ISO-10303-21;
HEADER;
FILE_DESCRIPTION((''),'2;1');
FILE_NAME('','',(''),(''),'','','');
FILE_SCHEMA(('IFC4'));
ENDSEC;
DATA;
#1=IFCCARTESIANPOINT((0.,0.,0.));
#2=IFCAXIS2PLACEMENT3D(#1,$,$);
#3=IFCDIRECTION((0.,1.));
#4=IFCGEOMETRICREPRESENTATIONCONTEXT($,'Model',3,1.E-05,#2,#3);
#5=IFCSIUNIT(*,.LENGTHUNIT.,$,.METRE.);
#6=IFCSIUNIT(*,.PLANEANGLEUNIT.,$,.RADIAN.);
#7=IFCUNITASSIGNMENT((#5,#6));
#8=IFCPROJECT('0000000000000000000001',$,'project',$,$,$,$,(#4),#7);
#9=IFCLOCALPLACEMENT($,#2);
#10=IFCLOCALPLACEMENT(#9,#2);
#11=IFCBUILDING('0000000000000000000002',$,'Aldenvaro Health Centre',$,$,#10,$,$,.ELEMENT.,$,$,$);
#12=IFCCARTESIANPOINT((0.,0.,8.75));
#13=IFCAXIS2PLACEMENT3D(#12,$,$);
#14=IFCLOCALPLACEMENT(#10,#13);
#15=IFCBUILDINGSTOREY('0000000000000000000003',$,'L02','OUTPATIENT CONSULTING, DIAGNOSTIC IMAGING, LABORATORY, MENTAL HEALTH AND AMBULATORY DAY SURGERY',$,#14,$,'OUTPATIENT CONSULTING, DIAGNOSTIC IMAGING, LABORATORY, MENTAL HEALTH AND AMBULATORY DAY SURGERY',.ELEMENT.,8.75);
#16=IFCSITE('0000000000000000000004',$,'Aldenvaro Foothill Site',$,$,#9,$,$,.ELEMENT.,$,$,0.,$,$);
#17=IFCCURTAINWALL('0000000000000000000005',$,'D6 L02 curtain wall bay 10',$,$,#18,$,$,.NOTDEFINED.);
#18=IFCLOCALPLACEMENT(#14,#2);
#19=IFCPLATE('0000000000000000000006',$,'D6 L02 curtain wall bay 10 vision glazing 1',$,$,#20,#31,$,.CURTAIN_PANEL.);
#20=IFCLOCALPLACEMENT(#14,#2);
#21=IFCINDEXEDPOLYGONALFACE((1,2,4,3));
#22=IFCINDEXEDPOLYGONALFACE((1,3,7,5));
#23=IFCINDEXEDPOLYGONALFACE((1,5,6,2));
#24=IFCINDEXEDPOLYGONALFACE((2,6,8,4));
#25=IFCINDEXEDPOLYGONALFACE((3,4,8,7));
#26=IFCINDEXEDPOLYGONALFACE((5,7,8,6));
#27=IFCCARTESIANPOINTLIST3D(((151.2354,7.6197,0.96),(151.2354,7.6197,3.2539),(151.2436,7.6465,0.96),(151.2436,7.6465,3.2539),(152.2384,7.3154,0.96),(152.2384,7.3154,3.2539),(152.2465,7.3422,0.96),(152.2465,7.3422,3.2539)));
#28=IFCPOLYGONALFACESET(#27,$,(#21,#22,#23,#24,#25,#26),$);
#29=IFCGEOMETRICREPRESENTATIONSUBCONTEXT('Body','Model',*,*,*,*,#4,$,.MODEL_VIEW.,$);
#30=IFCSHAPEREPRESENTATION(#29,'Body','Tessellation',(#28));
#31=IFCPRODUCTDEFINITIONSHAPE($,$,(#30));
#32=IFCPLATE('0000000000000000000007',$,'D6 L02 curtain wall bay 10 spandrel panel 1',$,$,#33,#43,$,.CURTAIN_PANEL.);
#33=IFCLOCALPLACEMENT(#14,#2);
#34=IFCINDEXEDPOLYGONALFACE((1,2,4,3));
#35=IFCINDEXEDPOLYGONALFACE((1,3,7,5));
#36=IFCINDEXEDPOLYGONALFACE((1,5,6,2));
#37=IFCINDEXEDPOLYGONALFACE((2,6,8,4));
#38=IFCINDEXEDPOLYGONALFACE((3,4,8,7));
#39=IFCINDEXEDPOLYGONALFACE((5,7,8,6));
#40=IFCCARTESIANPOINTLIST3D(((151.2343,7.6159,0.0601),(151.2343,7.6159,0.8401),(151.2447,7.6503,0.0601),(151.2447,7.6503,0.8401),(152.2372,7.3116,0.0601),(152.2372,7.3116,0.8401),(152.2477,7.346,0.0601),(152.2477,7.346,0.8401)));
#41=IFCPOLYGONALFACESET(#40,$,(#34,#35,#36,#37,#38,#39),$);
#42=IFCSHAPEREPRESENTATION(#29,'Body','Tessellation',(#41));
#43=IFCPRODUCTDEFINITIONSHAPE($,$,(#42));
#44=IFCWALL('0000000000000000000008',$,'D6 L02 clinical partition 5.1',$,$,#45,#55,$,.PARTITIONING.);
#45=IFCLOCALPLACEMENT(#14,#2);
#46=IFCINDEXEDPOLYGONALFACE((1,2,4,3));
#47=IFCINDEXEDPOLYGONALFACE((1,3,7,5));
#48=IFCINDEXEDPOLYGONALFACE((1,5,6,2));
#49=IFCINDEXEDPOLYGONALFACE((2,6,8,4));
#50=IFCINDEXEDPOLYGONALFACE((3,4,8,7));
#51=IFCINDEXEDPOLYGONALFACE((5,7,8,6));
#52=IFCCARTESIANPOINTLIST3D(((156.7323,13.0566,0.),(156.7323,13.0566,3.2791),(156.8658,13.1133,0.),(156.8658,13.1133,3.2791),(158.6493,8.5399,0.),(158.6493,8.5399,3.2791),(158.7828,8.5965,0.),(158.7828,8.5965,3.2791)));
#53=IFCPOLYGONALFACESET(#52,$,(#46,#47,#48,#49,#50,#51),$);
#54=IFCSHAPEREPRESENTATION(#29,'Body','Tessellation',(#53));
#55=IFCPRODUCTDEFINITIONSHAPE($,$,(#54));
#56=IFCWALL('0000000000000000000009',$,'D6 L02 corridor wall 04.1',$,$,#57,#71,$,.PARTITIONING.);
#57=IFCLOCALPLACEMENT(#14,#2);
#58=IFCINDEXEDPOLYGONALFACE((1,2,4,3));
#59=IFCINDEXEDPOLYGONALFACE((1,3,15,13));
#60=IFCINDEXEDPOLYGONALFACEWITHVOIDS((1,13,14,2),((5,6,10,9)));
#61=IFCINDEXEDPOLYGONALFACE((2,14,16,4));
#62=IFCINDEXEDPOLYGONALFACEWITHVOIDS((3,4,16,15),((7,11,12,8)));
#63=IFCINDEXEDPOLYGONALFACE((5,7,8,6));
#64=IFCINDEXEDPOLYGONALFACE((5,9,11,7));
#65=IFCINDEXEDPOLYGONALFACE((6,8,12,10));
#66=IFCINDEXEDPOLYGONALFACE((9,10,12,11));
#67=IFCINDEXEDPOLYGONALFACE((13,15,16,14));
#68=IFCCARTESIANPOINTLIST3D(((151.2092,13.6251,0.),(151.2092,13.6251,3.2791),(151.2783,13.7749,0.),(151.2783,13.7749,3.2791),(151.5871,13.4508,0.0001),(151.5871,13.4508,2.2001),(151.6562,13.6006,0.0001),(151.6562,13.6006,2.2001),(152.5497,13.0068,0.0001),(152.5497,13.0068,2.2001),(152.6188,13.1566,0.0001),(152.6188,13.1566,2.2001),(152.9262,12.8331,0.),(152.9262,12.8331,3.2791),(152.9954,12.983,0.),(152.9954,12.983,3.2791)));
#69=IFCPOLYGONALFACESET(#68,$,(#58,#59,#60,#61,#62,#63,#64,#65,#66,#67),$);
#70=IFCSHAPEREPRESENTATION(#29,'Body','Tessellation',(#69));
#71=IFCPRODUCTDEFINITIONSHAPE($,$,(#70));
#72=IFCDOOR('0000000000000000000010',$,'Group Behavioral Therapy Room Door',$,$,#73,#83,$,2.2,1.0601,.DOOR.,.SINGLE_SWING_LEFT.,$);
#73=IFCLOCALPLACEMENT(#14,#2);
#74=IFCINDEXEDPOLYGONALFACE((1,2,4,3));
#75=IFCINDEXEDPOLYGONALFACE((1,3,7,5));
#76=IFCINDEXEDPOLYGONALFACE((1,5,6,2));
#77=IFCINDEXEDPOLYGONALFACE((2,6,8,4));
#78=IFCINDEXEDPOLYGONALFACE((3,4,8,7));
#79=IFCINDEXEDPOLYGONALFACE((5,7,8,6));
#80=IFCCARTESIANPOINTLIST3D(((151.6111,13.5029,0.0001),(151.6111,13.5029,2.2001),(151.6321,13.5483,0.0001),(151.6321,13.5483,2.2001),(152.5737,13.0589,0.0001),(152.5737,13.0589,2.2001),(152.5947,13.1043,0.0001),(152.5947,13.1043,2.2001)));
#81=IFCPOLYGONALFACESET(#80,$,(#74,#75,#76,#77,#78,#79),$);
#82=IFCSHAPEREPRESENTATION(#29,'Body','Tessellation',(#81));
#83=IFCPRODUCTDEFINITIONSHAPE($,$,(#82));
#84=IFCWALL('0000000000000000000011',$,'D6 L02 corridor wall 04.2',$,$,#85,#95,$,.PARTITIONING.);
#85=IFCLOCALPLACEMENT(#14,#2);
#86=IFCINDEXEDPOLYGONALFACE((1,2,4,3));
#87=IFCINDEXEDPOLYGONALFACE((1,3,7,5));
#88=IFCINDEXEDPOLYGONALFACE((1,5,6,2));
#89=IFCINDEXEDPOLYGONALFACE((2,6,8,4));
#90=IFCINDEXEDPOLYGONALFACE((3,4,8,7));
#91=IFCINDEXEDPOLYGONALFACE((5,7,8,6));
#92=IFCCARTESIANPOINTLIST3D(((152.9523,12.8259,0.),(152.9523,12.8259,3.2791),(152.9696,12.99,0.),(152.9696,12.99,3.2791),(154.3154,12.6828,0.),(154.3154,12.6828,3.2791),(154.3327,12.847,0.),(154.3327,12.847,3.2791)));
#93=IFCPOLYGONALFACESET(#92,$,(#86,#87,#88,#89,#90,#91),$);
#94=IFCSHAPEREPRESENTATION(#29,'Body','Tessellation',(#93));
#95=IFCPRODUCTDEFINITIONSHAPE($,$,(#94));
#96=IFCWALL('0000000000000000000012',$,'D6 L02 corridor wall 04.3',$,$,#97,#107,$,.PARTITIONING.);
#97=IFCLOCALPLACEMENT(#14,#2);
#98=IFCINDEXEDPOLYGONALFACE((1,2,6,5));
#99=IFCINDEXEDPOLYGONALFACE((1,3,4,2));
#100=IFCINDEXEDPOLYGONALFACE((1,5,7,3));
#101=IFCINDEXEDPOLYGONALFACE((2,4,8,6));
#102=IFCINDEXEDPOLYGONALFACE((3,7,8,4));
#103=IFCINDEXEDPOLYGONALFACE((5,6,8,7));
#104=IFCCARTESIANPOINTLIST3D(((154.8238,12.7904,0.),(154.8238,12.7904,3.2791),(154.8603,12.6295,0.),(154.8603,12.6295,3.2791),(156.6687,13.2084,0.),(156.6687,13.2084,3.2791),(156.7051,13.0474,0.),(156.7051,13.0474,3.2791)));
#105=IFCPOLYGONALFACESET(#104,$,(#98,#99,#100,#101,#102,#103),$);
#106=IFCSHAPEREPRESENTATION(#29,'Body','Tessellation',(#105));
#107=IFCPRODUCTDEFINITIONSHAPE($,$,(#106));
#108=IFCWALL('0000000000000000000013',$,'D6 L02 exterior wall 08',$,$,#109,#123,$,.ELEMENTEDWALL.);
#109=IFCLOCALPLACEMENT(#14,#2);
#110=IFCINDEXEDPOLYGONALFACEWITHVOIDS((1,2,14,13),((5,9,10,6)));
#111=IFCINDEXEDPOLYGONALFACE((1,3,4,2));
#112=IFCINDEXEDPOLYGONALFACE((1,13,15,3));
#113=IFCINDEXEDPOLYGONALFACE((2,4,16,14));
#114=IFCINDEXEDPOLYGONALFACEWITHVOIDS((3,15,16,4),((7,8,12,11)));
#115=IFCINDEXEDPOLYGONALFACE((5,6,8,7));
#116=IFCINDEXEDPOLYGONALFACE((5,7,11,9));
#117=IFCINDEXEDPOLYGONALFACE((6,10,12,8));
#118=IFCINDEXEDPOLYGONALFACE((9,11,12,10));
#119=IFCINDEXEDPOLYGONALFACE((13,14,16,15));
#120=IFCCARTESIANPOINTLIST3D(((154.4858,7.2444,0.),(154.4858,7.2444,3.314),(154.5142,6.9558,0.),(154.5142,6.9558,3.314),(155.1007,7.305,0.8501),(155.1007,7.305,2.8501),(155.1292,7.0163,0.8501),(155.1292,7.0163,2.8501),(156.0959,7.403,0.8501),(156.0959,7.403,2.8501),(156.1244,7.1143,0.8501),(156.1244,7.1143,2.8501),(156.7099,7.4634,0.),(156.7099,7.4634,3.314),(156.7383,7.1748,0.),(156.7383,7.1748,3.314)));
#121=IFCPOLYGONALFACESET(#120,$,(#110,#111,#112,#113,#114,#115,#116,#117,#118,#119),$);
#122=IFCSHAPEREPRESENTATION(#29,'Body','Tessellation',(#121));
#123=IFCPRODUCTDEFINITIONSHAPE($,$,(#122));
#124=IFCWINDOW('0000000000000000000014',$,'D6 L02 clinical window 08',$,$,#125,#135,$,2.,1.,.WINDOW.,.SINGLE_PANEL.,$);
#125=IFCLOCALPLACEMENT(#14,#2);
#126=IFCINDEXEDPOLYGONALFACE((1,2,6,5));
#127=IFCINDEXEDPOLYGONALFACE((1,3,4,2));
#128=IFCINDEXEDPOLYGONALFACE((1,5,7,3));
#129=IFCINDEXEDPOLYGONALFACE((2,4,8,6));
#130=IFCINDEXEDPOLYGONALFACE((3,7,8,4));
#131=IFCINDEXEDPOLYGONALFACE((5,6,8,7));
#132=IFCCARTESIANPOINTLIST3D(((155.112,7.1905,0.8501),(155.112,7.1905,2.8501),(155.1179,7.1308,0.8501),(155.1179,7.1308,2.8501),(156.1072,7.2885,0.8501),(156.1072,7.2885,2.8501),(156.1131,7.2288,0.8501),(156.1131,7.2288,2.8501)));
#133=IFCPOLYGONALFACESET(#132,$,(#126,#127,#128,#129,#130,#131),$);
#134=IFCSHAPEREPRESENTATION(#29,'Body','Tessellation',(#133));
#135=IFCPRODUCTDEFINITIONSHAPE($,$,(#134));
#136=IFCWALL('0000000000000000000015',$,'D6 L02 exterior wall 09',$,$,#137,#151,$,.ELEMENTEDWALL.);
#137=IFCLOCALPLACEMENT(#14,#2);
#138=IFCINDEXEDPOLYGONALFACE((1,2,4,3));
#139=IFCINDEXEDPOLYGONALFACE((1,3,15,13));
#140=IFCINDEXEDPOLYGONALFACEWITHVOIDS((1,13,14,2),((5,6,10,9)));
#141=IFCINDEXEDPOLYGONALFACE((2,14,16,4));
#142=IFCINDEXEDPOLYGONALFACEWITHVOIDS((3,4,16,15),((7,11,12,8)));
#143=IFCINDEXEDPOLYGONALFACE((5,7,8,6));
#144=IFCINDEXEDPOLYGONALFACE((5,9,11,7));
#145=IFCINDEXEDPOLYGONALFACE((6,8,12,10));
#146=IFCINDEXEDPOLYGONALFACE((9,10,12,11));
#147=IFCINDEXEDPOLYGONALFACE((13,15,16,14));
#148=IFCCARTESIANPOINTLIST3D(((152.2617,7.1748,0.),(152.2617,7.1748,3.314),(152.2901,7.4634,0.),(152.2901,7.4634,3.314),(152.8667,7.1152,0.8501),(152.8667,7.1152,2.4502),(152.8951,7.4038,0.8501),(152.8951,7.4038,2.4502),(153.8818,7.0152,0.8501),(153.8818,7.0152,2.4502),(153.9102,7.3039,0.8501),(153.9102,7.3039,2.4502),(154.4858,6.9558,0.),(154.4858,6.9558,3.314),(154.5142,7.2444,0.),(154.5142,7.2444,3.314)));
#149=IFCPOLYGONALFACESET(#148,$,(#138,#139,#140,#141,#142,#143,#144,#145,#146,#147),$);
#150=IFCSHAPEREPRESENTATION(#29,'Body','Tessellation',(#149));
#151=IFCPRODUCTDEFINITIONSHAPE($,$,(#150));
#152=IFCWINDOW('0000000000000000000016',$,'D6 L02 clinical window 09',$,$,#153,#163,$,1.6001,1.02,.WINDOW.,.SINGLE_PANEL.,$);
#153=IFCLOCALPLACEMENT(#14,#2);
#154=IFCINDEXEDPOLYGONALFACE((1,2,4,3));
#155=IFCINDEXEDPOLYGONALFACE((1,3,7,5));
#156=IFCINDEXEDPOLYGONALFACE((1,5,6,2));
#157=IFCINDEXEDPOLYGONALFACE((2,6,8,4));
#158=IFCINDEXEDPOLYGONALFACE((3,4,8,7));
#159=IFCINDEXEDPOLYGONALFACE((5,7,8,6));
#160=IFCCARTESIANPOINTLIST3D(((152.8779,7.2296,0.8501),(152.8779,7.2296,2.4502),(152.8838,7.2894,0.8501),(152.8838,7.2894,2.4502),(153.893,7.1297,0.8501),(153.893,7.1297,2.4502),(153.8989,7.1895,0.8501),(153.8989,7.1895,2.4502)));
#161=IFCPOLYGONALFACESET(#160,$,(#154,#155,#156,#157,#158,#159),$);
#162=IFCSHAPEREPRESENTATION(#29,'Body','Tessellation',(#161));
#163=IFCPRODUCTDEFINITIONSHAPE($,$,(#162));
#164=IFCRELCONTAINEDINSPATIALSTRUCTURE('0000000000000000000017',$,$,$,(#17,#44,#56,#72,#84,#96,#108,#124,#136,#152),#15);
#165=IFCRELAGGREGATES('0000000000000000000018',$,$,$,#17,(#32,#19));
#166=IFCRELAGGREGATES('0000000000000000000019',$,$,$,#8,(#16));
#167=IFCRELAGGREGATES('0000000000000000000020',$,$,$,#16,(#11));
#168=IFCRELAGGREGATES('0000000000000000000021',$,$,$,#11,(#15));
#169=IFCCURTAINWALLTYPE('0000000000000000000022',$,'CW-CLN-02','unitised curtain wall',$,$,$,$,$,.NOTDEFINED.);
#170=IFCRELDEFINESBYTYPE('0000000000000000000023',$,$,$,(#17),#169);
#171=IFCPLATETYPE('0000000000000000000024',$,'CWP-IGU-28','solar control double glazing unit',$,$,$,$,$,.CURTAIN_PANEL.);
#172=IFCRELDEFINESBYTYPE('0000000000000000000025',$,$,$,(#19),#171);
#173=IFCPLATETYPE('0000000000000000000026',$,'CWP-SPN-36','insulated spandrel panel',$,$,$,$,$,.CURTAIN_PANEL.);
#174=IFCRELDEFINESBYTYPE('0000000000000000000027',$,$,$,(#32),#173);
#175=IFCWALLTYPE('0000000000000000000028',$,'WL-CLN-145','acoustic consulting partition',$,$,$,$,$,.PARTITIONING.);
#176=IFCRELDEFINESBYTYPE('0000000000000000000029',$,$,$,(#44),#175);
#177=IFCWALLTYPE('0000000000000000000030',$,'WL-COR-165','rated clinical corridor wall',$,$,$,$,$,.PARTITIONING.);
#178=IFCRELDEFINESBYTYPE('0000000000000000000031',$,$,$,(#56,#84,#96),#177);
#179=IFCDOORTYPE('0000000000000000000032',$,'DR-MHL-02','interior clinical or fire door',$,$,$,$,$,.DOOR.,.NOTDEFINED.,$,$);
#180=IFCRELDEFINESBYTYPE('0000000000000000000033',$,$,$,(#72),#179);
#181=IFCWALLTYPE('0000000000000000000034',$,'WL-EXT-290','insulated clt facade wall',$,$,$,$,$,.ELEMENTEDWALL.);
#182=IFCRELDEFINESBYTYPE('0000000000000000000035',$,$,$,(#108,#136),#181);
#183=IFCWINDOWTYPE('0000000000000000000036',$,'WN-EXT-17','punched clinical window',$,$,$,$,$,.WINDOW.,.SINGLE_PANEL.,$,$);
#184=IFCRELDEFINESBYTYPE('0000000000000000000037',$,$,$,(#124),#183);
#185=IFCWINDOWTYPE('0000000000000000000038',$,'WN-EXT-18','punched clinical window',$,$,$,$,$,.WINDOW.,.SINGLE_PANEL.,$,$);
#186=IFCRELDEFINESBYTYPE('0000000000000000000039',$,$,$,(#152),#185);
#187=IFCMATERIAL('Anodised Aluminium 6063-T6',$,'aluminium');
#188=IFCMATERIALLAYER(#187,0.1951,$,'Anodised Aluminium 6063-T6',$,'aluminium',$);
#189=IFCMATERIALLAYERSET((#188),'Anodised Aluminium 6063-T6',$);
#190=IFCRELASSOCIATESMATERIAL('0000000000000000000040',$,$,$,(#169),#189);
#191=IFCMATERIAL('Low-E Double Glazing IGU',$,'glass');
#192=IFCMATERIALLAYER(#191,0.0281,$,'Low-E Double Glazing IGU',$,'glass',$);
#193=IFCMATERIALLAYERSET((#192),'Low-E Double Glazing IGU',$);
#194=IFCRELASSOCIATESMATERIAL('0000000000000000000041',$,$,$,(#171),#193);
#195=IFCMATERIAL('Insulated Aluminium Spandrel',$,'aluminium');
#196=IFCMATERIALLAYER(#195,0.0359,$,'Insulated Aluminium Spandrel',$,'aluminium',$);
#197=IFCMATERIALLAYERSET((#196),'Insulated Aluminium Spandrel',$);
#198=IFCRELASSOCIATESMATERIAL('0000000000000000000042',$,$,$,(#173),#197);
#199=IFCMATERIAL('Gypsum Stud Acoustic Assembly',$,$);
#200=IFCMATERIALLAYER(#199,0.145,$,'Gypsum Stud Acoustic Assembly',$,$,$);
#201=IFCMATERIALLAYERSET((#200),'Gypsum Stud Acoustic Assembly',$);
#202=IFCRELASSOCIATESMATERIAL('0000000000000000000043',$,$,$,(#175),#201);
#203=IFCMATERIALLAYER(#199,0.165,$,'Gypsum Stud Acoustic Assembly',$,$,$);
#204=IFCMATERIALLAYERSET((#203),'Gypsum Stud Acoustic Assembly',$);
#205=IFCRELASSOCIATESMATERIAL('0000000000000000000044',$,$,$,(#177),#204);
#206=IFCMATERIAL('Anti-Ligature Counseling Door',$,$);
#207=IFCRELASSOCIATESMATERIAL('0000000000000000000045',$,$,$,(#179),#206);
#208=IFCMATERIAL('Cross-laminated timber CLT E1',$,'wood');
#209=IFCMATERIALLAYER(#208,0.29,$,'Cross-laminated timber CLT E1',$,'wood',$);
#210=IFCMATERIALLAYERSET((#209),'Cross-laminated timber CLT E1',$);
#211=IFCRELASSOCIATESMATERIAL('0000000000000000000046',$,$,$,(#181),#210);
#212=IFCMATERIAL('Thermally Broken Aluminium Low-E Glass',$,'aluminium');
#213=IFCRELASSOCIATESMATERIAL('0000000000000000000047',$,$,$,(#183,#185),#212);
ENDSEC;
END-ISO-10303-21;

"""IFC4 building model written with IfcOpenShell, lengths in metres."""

from ifc_helpers import new_model, si_unit, direction, frame, frame_2d, origin, origin_2d, place, context, subcontext, project, spatial, rectangle, extrude, material, layer, layer_set, type_object, element, fill, aggregate, save


model = new_model("IFC4")

# Units and contexts
model_context = context("Model", 3, precision=1e-05, world=origin(), true_north=direction((0.0, 1.0)))
body_context = subcontext(model_context, "Body", "Model", "MODEL_VIEW")
ifc_project = project(units=[si_unit("LENGTHUNIT", "METRE"), si_unit("PLANEANGLEUNIT", "RADIAN")], contexts=[model_context])

# Site, building, storey
site_placement = place(None, origin())
site = spatial("IfcSite", under=ifc_project, at=site_placement, Name="Aldenvaro Foothill Site", CompositionType="ELEMENT", RefElevation=0.0)
building_placement = place(site_placement, origin())
building = spatial("IfcBuilding", under=site, at=building_placement, Name="Aldenvaro Health Centre", CompositionType="ELEMENT")
storey_placement = place(building_placement, frame((0.0, 0.0, 8.75)))
storey = spatial("IfcBuildingStorey", under=building, at=storey_placement, Name="L02", Description="OUTPATIENT CONSULTING, DIAGNOSTIC IMAGING, LABORATORY, MENTAL HEALTH AND AMBULATORY DAY SURGERY", LongName="OUTPATIENT CONSULTING, DIAGNOSTIC IMAGING, LABORATORY, MENTAL HEALTH AND AMBULATORY DAY SURGERY", CompositionType="ELEMENT", Elevation=8.75)

# Curtain wall, plates
ifc_material_1 = material(Name="Anodised Aluminium 6063-T6", Category="aluminium")
ifc_layer_1 = layer(ifc_material_1, 0.1951, Name="Anodised Aluminium 6063-T6", Category="aluminium")
ifc_layer_set_1 = layer_set([ifc_layer_1], Name="Anodised Aluminium 6063-T6")
curtain_wall_type = type_object("IfcCurtainWallType", Name="CW-CLN-02", Description="unitised curtain wall", PredefinedType="NOTDEFINED", material=ifc_layer_set_1)
curtain_wall_placement = place(storey_placement, origin())
curtain_wall = element("IfcCurtainWall", 1, at=curtain_wall_placement, inside=storey, type_object=curtain_wall_type, Name="D6 L02 curtain wall bay 10", PredefinedType="NOTDEFINED")
ifc_material_2 = material(Name="Low-E Double Glazing IGU", Category="glass")
ifc_layer_2 = layer(ifc_material_2, 0.0281, Name="Low-E Double Glazing IGU", Category="glass")
ifc_layer_set_2 = layer_set([ifc_layer_2], Name="Low-E Double Glazing IGU")
plate_type_1 = type_object("IfcPlateType", Name="CWP-IGU-28", Description="solar control double glazing unit", PredefinedType="CURTAIN_PANEL", material=ifc_layer_set_2)
plate_1_placement = place(storey_placement, frame((151.741, 7.481, 0.96), z_axis=(0.0, 0.0, 1.0), x_axis=(-0.956923, 0.290343, 0.0)))
plate_1 = element("IfcPlate", 2, at=plate_1_placement, type_object=plate_type_1, Name="D6 L02 curtain wall bay 10 vision glazing 1", PredefinedType="CURTAIN_PANEL", context=body_context, shape_type="SweptSolid", body=[
    extrude(rectangle(XDim=1.0481, YDim=0.0281, at=origin_2d()), origin(), (0.0, 0.0, 1.0), 2.2939),
])
ifc_material_3 = material(Name="Insulated Aluminium Spandrel", Category="aluminium")
ifc_layer_3 = layer(ifc_material_3, 0.0359, Name="Insulated Aluminium Spandrel", Category="aluminium")
ifc_layer_set_3 = layer_set([ifc_layer_3], Name="Insulated Aluminium Spandrel")
plate_type_2 = type_object("IfcPlateType", Name="CWP-SPN-36", Description="insulated spandrel panel", PredefinedType="CURTAIN_PANEL", material=ifc_layer_set_3)
plate_2_placement = place(storey_placement, frame((151.741, 7.481, 0.0601), z_axis=(0.0, 0.0, 1.0), x_axis=(-0.956923, 0.290343, 0.0)))
plate_2 = element("IfcPlate", 3, at=plate_2_placement, type_object=plate_type_2, Name="D6 L02 curtain wall bay 10 spandrel panel 1", PredefinedType="CURTAIN_PANEL", context=body_context, shape_type="SweptSolid", body=[
    extrude(rectangle(XDim=1.0481, YDim=0.0359, at=origin_2d()), origin(), (0.0, 0.0, 1.0), 0.78),
])
aggregate(curtain_wall, [plate_2, plate_1])

# Wall
ifc_material_4 = material(Name="Gypsum Stud Acoustic Assembly")
ifc_layer_4 = layer(ifc_material_4, 0.145, Name="Gypsum Stud Acoustic Assembly")
ifc_layer_set_4 = layer_set([ifc_layer_4], Name="Gypsum Stud Acoustic Assembly")
wall_type_1 = type_object("IfcWallType", Name="WL-CLN-145", Description="acoustic consulting partition", PredefinedType="PARTITIONING", material=ifc_layer_set_4)
wall_1_placement = place(storey_placement, frame((156.7991, 13.085, 0.0), z_axis=(0.0, 0.0, 1.0), x_axis=(0.39068, -0.920526, 0.0)))
element("IfcWall", 4, at=wall_1_placement, inside=storey, type_object=wall_type_1, Name="D6 L02 clinical partition 5.1", PredefinedType="PARTITIONING", context=body_context, shape_type="SweptSolid", body=[
    extrude(rectangle(XDim=4.9067, YDim=0.145, at=frame_2d((2.4534, 0.0))), origin(), (0.0, 0.0, 1.0), 3.2791),
])

# Wall, opening, door
ifc_layer_5 = layer(ifc_material_4, 0.165, Name="Gypsum Stud Acoustic Assembly")
ifc_layer_set_5 = layer_set([ifc_layer_5], Name="Gypsum Stud Acoustic Assembly")
wall_type_2 = type_object("IfcWallType", Name="WL-COR-165", Description="rated clinical corridor wall", PredefinedType="PARTITIONING", material=ifc_layer_set_5)
wall_2_placement = place(storey_placement, frame((151.2439, 13.7, 0.0), z_axis=(0.0, 0.0, 1.0), x_axis=(0.908058, -0.418845, 0.0)))
wall_2 = element("IfcWall", 5, at=wall_2_placement, inside=storey, type_object=wall_type_2, Name="D6 L02 corridor wall 04.1", PredefinedType="PARTITIONING", context=body_context, shape_type="SweptSolid", body=[
    extrude(rectangle(XDim=1.8909, YDim=0.165, at=frame_2d((0.9453, 0.0))), origin(), (0.0, 0.0, 1.0), 3.2791),
])
opening_1_placement = place(wall_2_placement, frame((0.416, 0.0, 0.0)))
opening_1 = element("IfcOpeningElement", 6, at=opening_1_placement, cuts=wall_2, PredefinedType="OPENING", context=body_context, shape_type="SweptSolid", body=[
    extrude(rectangle(XDim=1.0601, YDim=2.2, at=frame_2d((0.53, 1.1001))), frame((0.0, 0.0925, 0.0), z_axis=(0.0, -1.0, 0.0), x_axis=(1.0, 0.0, 0.0)), (0.0, 0.0, 1.0), 0.1851),
])
ifc_material_5 = material(Name="Anti-Ligature Counseling Door")
door_type_1 = type_object("IfcDoorType", Name="DR-MHL-02", Description="interior clinical or fire door", OperationType="NOTDEFINED", PredefinedType="DOOR", material=ifc_material_5)
door_1_placement = place(opening_1_placement, origin())
door_1 = element("IfcDoor", 7, at=door_1_placement, inside=storey, type_object=door_type_1, Name="Group Behavioral Therapy Room Door", OperationType="SINGLE_SWING_LEFT", OverallHeight=2.2, OverallWidth=1.0601, PredefinedType="DOOR", context=body_context, shape_type="SweptSolid", body=[
    extrude(rectangle(XDim=1.0601, YDim=2.2, at=frame_2d((0.53, 1.1001))), frame((0.0, 0.0249, 0.0), z_axis=(0.0, -1.0, 0.0), x_axis=(1.0, 0.0, 0.0)), (0.0, 0.0, 1.0), 0.05),
])
fill(opening_1, door_1)

# Walls
wall_3_placement = place(storey_placement, frame((152.9609, 12.908, 0.0), z_axis=(0.0, 0.0, 1.0), x_axis=(0.994537, -0.104388, 0.0)))
element("IfcWall", 8, at=wall_3_placement, inside=storey, type_object=wall_type_2, Name="D6 L02 corridor wall 04.2", PredefinedType="PARTITIONING", context=body_context, shape_type="SweptSolid", body=[
    extrude(rectangle(XDim=1.3706, YDim=0.165, at=frame_2d((0.6853, 0.0))), origin(), (0.0, 0.0, 1.0), 3.2791),
])
wall_4_placement = place(storey_placement, frame((154.842, 12.71, 0.0), z_axis=(0.0, 0.0, 1.0), x_axis=(0.975286, 0.220946, 0.0)))
element("IfcWall", 9, at=wall_4_placement, inside=storey, type_object=wall_type_2, Name="D6 L02 corridor wall 04.3", PredefinedType="PARTITIONING", context=body_context, shape_type="SweptSolid", body=[
    extrude(rectangle(XDim=1.8916, YDim=0.165, at=frame_2d((0.9458, 0.0))), origin(), (0.0, 0.0, 1.0), 3.2791),
])

# Walls, openings, windows
ifc_material_6 = material(Name="Cross-laminated timber CLT E1", Category="wood")
ifc_layer_6 = layer(ifc_material_6, 0.29, Name="Cross-laminated timber CLT E1", Category="wood")
ifc_layer_set_6 = layer_set([ifc_layer_6], Name="Cross-laminated timber CLT E1")
wall_type_3 = type_object("IfcWallType", Name="WL-EXT-290", Description="insulated clt facade wall", PredefinedType="ELEMENTEDWALL", material=ifc_layer_set_6)
wall_5_placement = place(storey_placement, frame((156.7241, 7.3191, 0.0), z_axis=(0.0, 0.0, 1.0), x_axis=(-0.995187, -0.097989, 0.0)))
wall_5 = element("IfcWall", 10, at=wall_5_placement, inside=storey, type_object=wall_type_3, Name="D6 L02 exterior wall 08", PredefinedType="ELEMENTEDWALL", context=body_context, shape_type="SweptSolid", body=[
    extrude(rectangle(XDim=2.2349, YDim=0.29, at=frame_2d((1.1174, 0.0))), origin(), (0.0, 0.0, 1.0), 3.314),
])
opening_2_placement = place(wall_5_placement, frame((0.6169, 0.0, 0.8501)))
opening_2 = element("IfcOpeningElement", 11, at=opening_2_placement, cuts=wall_5, PredefinedType="OPENING", context=body_context, shape_type="SweptSolid", body=[
    extrude(rectangle(XDim=1.0, YDim=2.0, at=frame_2d((0.5, 1.0))), frame((0.0, 0.155, 0.0), z_axis=(0.0, -1.0, 0.0), x_axis=(1.0, 0.0, 0.0)), (0.0, 0.0, 1.0), 0.3101),
])
ifc_material_7 = material(Name="Thermally Broken Aluminium Low-E Glass", Category="aluminium")
window_type_1 = type_object("IfcWindowType", Name="WN-EXT-17", Description="punched clinical window", PartitioningType="SINGLE_PANEL", PredefinedType="WINDOW", material=ifc_material_7)
window_1_placement = place(opening_2_placement, origin())
window_1 = element("IfcWindow", 12, at=window_1_placement, inside=storey, type_object=window_type_1, Name="D6 L02 clinical window 08", OverallHeight=2.0, OverallWidth=1.0, PartitioningType="SINGLE_PANEL", PredefinedType="WINDOW", context=body_context, shape_type="SweptSolid", body=[
    extrude(rectangle(XDim=1.0, YDim=2.0, at=frame_2d((0.5, 1.0))), frame((0.0, 0.03, 0.0), z_axis=(0.0, -1.0, 0.0), x_axis=(1.0, 0.0, 0.0)), (0.0, 0.0, 1.0), 0.0601),
])
fill(opening_2, window_1)
wall_6_placement = place(storey_placement, frame((154.5, 7.1001, 0.0), z_axis=(0.0, 0.0, 1.0), x_axis=(-0.995187, 0.097989, 0.0)))
wall_6 = element("IfcWall", 13, at=wall_6_placement, inside=storey, type_object=wall_type_3, Name="D6 L02 exterior wall 09", PredefinedType="ELEMENTEDWALL", context=body_context, shape_type="SweptSolid", body=[
    extrude(rectangle(XDim=2.2349, YDim=0.29, at=frame_2d((1.1174, 0.0))), origin(), (0.0, 0.0, 1.0), 3.314),
])
opening_3_placement = place(wall_6_placement, frame((0.6069, 0.0, 0.8501)))
opening_3 = element("IfcOpeningElement", 14, at=opening_3_placement, cuts=wall_6, PredefinedType="OPENING", context=body_context, shape_type="SweptSolid", body=[
    extrude(rectangle(XDim=1.02, YDim=1.6001, at=frame_2d((0.51, 0.8))), frame((0.0, 0.155, 0.0), z_axis=(0.0, -1.0, 0.0), x_axis=(1.0, 0.0, 0.0)), (0.0, 0.0, 1.0), 0.3101),
])
window_type_2 = type_object("IfcWindowType", Name="WN-EXT-18", Description="punched clinical window", PartitioningType="SINGLE_PANEL", PredefinedType="WINDOW", material=ifc_material_7)
window_2_placement = place(opening_3_placement, origin())
window_2 = element("IfcWindow", 15, at=window_2_placement, inside=storey, type_object=window_type_2, Name="D6 L02 clinical window 09", OverallHeight=1.6001, OverallWidth=1.02, PartitioningType="SINGLE_PANEL", PredefinedType="WINDOW", context=body_context, shape_type="SweptSolid", body=[
    extrude(rectangle(XDim=1.02, YDim=1.6001, at=frame_2d((0.51, 0.8))), frame((0.0, 0.03, 0.0), z_axis=(0.0, -1.0, 0.0), x_axis=(1.0, 0.0, 0.0)), (0.0, 0.0, 1.0), 0.0601),
])
fill(opening_3, window_2)

save(model, "model.ifc")
